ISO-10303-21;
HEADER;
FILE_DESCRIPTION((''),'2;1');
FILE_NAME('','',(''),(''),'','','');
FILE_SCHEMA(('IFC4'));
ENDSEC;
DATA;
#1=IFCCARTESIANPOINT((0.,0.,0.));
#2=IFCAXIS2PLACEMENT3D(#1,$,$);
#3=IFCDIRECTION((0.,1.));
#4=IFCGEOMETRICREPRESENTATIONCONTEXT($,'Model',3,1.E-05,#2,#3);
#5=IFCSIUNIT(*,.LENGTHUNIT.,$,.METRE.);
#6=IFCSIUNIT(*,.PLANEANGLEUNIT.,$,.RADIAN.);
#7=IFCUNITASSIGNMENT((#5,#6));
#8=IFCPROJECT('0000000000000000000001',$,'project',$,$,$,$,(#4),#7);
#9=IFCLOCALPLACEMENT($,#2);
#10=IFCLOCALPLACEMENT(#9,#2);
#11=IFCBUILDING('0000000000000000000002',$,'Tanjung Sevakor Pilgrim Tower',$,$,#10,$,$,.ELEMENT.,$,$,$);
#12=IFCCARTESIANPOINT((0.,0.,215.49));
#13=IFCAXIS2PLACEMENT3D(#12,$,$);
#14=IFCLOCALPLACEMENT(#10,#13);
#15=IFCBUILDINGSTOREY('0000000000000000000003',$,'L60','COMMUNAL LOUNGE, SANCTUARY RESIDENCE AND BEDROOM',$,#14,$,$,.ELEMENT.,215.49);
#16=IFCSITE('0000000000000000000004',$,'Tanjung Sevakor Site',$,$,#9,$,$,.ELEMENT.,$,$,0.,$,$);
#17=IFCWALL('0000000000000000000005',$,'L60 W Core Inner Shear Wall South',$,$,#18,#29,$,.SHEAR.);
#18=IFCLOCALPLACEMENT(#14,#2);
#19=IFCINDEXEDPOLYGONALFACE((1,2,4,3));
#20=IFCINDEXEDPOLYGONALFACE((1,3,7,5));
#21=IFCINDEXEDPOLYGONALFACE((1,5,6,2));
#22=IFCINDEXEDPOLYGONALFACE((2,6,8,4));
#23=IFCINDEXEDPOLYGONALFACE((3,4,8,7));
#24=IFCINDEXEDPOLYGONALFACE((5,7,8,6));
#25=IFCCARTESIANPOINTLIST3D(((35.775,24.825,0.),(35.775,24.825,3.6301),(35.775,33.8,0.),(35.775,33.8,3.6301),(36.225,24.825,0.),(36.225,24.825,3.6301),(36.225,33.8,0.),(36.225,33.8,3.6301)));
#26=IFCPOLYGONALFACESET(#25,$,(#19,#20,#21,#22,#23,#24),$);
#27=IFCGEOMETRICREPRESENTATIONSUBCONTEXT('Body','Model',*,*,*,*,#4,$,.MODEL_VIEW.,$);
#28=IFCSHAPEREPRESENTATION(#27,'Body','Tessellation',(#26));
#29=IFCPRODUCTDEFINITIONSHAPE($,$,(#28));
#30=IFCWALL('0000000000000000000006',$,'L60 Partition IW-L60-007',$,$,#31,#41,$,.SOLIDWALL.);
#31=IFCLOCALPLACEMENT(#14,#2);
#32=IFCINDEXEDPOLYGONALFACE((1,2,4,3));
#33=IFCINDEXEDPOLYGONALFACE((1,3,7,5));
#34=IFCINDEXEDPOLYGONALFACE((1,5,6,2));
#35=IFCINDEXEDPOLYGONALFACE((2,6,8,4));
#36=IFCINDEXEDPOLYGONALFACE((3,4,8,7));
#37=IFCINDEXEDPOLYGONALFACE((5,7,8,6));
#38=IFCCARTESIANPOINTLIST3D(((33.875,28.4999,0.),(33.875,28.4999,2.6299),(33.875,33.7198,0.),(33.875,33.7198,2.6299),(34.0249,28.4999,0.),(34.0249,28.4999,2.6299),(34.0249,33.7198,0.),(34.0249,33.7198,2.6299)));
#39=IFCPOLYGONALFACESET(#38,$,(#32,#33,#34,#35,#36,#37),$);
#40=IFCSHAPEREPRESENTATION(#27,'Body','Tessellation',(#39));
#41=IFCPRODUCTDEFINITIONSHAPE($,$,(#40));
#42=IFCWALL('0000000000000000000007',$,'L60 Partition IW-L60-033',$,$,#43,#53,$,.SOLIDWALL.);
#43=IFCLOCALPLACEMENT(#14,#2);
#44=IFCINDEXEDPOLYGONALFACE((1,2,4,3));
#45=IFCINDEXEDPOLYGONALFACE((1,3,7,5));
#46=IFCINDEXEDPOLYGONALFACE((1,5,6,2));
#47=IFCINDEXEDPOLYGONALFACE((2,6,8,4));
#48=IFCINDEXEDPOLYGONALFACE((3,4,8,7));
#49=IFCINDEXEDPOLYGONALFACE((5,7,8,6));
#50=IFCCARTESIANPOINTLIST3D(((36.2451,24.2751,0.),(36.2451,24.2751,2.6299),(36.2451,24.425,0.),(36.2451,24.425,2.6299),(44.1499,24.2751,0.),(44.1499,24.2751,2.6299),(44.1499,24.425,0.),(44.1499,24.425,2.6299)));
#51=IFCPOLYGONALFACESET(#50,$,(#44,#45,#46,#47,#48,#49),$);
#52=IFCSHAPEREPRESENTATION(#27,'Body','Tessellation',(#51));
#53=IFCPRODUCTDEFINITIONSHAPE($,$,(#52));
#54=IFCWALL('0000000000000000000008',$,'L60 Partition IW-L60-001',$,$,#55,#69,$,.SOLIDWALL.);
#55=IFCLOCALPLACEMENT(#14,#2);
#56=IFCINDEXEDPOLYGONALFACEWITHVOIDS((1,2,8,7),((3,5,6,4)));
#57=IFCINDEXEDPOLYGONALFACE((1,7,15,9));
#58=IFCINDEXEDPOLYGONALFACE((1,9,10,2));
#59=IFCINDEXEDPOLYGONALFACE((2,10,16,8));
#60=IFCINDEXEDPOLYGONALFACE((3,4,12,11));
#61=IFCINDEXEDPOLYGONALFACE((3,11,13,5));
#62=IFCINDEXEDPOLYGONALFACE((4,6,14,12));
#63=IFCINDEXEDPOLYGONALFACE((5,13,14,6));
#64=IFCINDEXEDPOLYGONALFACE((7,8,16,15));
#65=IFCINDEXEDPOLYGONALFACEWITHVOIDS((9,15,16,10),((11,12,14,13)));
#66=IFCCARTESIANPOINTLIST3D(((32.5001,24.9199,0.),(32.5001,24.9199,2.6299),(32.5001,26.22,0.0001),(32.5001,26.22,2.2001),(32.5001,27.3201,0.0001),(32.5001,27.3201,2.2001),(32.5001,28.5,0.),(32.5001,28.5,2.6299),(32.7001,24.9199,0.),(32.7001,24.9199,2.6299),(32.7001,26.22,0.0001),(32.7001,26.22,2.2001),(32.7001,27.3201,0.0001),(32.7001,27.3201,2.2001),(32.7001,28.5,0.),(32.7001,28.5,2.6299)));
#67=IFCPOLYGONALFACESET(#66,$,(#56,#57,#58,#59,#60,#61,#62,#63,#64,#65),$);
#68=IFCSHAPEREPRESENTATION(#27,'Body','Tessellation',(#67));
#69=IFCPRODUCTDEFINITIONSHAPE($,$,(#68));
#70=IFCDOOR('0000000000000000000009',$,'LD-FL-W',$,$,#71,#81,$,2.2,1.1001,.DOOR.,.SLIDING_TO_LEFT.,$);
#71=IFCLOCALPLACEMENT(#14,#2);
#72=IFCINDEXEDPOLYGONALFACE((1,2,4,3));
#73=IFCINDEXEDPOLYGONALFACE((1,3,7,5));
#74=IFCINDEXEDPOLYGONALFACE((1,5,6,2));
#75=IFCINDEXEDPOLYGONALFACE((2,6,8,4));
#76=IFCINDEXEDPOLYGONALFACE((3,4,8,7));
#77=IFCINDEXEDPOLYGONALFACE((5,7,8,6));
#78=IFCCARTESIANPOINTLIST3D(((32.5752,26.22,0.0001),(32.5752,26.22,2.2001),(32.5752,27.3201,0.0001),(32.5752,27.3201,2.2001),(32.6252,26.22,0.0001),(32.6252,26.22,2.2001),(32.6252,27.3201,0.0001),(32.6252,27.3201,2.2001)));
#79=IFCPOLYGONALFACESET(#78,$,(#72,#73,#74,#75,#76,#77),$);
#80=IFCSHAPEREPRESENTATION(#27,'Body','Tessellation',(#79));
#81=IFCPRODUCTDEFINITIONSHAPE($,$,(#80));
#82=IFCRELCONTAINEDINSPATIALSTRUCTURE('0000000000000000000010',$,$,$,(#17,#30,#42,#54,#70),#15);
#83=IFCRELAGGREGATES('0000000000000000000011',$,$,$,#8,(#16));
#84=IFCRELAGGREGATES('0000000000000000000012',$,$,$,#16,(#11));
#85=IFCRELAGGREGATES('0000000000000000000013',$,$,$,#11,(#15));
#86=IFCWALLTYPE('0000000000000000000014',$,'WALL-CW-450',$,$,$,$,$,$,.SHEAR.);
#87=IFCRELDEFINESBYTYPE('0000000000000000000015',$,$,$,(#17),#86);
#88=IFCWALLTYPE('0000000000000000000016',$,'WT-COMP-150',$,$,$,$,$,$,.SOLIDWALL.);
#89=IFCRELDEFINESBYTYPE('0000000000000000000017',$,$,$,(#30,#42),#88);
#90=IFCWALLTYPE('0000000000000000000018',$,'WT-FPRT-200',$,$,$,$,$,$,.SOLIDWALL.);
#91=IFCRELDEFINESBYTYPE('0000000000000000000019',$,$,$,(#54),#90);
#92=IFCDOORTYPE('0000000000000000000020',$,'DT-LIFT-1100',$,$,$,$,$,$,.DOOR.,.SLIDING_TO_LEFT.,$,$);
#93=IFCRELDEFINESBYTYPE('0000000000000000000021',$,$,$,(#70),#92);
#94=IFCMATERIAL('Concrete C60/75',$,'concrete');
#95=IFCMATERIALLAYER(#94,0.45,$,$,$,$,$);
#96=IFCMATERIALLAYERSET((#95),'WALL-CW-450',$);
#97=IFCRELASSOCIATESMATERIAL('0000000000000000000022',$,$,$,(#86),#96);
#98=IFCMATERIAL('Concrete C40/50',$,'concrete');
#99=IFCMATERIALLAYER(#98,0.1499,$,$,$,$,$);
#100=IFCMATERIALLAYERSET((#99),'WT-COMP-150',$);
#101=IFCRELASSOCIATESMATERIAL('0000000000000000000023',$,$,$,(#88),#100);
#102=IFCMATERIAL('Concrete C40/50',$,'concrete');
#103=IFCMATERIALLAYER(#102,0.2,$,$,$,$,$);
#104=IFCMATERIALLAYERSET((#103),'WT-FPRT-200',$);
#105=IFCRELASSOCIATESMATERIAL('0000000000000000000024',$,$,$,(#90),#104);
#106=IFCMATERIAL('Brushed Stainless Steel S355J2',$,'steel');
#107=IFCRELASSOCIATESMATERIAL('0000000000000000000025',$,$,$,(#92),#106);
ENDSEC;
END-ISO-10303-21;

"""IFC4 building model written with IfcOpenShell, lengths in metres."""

from ifc_helpers import new_model, si_unit, direction, frame, frame_2d, origin, place, context, subcontext, project, spatial, rectangle, extrude, material, layer, layer_set, type_object, element, fill, save


model = new_model("IFC4")

# Units and contexts
model_context = context("Model", 3, precision=1e-05, world=origin(), true_north=direction((0.0, 1.0)))
body_context = subcontext(model_context, "Body", "Model", "MODEL_VIEW")
ifc_project = project(units=[si_unit("LENGTHUNIT", "METRE"), si_unit("PLANEANGLEUNIT", "RADIAN")], contexts=[model_context])

# Site, building, storey
site_placement = place(None, origin())
site = spatial("IfcSite", under=ifc_project, at=site_placement, Name="Tanjung Sevakor Site", CompositionType="ELEMENT", RefElevation=0.0)
building_placement = place(site_placement, origin())
building = spatial("IfcBuilding", under=site, at=building_placement, Name="Tanjung Sevakor Pilgrim Tower", CompositionType="ELEMENT")
storey_placement = place(building_placement, frame((0.0, 0.0, 215.49)))
storey = spatial("IfcBuildingStorey", under=building, at=storey_placement, Name="L60", Description="COMMUNAL LOUNGE, SANCTUARY RESIDENCE AND BEDROOM", CompositionType="ELEMENT", Elevation=215.49)

# Wall
ifc_material_1 = material(Name="Concrete C60/75", Category="concrete")
ifc_layer_1 = layer(ifc_material_1, 0.45)
ifc_layer_set_1 = layer_set([ifc_layer_1], Name="WALL-CW-450")
wall_type_1 = type_object("IfcWallType", Name="WALL-CW-450", PredefinedType="SHEAR", material=ifc_layer_set_1)
wall_1_placement = place(storey_placement, frame((36.0, 24.825, 0.0), z_axis=(0.0, 0.0, 1.0), x_axis=(0.0, 1.0, 0.0)))
element("IfcWall", 1, at=wall_1_placement, inside=storey, type_object=wall_type_1, Name="L60 W Core Inner Shear Wall South", PredefinedType="SHEAR", context=body_context, shape_type="SweptSolid", body=[
    extrude(rectangle(XDim=8.9751, YDim=0.45, at=frame_2d((4.4875, 0.0))), origin(), (0.0, 0.0, 1.0), 3.6301),
])

# Shared definitions
ifc_material_2 = material(Name="Concrete C40/50", Category="concrete")
ifc_layer_2 = layer(ifc_material_2, 0.1499)
ifc_layer_set_2 = layer_set([ifc_layer_2], Name="WT-COMP-150")
wall_type_2 = type_object("IfcWallType", Name="WT-COMP-150", PredefinedType="SOLIDWALL", material=ifc_layer_set_2)

# Wall
wall_2_placement = place(storey_placement, frame((33.95, 28.5, 0.0), z_axis=(0.0, 0.0, 1.0), x_axis=(0.0, 1.0, 0.0)))
element("IfcWall", 2, at=wall_2_placement, inside=storey, type_object=wall_type_2, Name="L60 Partition IW-L60-007", PredefinedType="SOLIDWALL", context=body_context, shape_type="SweptSolid", body=[
    extrude(rectangle(XDim=5.22, YDim=0.1499, at=frame_2d((2.6099, 0.0))), origin(), (0.0, 0.0, 1.0), 2.6299),
])

# Wall
wall_3_placement = place(storey_placement, frame((36.2451, 24.3501, 0.0), z_axis=(0.0, 0.0, 1.0), x_axis=(1.0, 0.0, 0.0)))
element("IfcWall", 3, at=wall_3_placement, inside=storey, type_object=wall_type_2, Name="L60 Partition IW-L60-033", PredefinedType="SOLIDWALL", context=body_context, shape_type="SweptSolid", body=[
    extrude(rectangle(XDim=7.9048, YDim=0.1499, at=frame_2d((3.9524, 0.0))), origin(), (0.0, 0.0, 1.0), 2.6299),
])

# Wall, opening, door
ifc_material_3 = material(Name="Concrete C40/50", Category="concrete")
ifc_layer_3 = layer(ifc_material_3, 0.2)
ifc_layer_set_3 = layer_set([ifc_layer_3], Name="WT-FPRT-200")
wall_type_3 = type_object("IfcWallType", Name="WT-FPRT-200", PredefinedType="SOLIDWALL", material=ifc_layer_set_3)
wall_4_placement = place(storey_placement, frame((32.6001, 24.9199, 0.0), z_axis=(0.0, 0.0, 1.0), x_axis=(0.0, 1.0, 0.0)))
wall_4 = element("IfcWall", 4, at=wall_4_placement, inside=storey, type_object=wall_type_3, Name="L60 Partition IW-L60-001", PredefinedType="SOLIDWALL", context=body_context, shape_type="SweptSolid", body=[
    extrude(rectangle(XDim=3.5801, YDim=0.2, at=frame_2d((1.79, 0.0))), origin(), (0.0, 0.0, 1.0), 2.6299),
])
opening_1_placement = place(wall_4_placement, frame((1.3, 0.0, 0.0)))
opening_1 = element("IfcOpeningElement", 5, at=opening_1_placement, cuts=wall_4, PredefinedType="OPENING", context=body_context, shape_type="SweptSolid", body=[
    extrude(rectangle(XDim=1.1001, YDim=2.2, at=frame_2d((0.55, 1.1001))), frame((0.0, 0.1099, 0.0), z_axis=(0.0, -1.0, 0.0), x_axis=(1.0, 0.0, 0.0)), (0.0, 0.0, 1.0), 0.22),
])
ifc_material_4 = material(Name="Brushed Stainless Steel S355J2", Category="steel")
door_type_1 = type_object("IfcDoorType", Name="DT-LIFT-1100", OperationType="SLIDING_TO_LEFT", PredefinedType="DOOR", material=ifc_material_4)
door_1_placement = place(opening_1_placement, origin())
door_1 = element("IfcDoor", 6, at=door_1_placement, inside=storey, type_object=door_type_1, Name="LD-FL-W", OperationType="SLIDING_TO_LEFT", OverallHeight=2.2, OverallWidth=1.1001, PredefinedType="DOOR", context=body_context, shape_type="SweptSolid", body=[
    extrude(rectangle(XDim=1.1001, YDim=2.2, at=frame_2d((0.55, 1.1001))), frame((0.0, 0.0249, 0.0), z_axis=(0.0, -1.0, 0.0), x_axis=(1.0, 0.0, 0.0)), (0.0, 0.0, 1.0), 0.05),
])
fill(opening_1, door_1)

save(model, "model.ifc")
